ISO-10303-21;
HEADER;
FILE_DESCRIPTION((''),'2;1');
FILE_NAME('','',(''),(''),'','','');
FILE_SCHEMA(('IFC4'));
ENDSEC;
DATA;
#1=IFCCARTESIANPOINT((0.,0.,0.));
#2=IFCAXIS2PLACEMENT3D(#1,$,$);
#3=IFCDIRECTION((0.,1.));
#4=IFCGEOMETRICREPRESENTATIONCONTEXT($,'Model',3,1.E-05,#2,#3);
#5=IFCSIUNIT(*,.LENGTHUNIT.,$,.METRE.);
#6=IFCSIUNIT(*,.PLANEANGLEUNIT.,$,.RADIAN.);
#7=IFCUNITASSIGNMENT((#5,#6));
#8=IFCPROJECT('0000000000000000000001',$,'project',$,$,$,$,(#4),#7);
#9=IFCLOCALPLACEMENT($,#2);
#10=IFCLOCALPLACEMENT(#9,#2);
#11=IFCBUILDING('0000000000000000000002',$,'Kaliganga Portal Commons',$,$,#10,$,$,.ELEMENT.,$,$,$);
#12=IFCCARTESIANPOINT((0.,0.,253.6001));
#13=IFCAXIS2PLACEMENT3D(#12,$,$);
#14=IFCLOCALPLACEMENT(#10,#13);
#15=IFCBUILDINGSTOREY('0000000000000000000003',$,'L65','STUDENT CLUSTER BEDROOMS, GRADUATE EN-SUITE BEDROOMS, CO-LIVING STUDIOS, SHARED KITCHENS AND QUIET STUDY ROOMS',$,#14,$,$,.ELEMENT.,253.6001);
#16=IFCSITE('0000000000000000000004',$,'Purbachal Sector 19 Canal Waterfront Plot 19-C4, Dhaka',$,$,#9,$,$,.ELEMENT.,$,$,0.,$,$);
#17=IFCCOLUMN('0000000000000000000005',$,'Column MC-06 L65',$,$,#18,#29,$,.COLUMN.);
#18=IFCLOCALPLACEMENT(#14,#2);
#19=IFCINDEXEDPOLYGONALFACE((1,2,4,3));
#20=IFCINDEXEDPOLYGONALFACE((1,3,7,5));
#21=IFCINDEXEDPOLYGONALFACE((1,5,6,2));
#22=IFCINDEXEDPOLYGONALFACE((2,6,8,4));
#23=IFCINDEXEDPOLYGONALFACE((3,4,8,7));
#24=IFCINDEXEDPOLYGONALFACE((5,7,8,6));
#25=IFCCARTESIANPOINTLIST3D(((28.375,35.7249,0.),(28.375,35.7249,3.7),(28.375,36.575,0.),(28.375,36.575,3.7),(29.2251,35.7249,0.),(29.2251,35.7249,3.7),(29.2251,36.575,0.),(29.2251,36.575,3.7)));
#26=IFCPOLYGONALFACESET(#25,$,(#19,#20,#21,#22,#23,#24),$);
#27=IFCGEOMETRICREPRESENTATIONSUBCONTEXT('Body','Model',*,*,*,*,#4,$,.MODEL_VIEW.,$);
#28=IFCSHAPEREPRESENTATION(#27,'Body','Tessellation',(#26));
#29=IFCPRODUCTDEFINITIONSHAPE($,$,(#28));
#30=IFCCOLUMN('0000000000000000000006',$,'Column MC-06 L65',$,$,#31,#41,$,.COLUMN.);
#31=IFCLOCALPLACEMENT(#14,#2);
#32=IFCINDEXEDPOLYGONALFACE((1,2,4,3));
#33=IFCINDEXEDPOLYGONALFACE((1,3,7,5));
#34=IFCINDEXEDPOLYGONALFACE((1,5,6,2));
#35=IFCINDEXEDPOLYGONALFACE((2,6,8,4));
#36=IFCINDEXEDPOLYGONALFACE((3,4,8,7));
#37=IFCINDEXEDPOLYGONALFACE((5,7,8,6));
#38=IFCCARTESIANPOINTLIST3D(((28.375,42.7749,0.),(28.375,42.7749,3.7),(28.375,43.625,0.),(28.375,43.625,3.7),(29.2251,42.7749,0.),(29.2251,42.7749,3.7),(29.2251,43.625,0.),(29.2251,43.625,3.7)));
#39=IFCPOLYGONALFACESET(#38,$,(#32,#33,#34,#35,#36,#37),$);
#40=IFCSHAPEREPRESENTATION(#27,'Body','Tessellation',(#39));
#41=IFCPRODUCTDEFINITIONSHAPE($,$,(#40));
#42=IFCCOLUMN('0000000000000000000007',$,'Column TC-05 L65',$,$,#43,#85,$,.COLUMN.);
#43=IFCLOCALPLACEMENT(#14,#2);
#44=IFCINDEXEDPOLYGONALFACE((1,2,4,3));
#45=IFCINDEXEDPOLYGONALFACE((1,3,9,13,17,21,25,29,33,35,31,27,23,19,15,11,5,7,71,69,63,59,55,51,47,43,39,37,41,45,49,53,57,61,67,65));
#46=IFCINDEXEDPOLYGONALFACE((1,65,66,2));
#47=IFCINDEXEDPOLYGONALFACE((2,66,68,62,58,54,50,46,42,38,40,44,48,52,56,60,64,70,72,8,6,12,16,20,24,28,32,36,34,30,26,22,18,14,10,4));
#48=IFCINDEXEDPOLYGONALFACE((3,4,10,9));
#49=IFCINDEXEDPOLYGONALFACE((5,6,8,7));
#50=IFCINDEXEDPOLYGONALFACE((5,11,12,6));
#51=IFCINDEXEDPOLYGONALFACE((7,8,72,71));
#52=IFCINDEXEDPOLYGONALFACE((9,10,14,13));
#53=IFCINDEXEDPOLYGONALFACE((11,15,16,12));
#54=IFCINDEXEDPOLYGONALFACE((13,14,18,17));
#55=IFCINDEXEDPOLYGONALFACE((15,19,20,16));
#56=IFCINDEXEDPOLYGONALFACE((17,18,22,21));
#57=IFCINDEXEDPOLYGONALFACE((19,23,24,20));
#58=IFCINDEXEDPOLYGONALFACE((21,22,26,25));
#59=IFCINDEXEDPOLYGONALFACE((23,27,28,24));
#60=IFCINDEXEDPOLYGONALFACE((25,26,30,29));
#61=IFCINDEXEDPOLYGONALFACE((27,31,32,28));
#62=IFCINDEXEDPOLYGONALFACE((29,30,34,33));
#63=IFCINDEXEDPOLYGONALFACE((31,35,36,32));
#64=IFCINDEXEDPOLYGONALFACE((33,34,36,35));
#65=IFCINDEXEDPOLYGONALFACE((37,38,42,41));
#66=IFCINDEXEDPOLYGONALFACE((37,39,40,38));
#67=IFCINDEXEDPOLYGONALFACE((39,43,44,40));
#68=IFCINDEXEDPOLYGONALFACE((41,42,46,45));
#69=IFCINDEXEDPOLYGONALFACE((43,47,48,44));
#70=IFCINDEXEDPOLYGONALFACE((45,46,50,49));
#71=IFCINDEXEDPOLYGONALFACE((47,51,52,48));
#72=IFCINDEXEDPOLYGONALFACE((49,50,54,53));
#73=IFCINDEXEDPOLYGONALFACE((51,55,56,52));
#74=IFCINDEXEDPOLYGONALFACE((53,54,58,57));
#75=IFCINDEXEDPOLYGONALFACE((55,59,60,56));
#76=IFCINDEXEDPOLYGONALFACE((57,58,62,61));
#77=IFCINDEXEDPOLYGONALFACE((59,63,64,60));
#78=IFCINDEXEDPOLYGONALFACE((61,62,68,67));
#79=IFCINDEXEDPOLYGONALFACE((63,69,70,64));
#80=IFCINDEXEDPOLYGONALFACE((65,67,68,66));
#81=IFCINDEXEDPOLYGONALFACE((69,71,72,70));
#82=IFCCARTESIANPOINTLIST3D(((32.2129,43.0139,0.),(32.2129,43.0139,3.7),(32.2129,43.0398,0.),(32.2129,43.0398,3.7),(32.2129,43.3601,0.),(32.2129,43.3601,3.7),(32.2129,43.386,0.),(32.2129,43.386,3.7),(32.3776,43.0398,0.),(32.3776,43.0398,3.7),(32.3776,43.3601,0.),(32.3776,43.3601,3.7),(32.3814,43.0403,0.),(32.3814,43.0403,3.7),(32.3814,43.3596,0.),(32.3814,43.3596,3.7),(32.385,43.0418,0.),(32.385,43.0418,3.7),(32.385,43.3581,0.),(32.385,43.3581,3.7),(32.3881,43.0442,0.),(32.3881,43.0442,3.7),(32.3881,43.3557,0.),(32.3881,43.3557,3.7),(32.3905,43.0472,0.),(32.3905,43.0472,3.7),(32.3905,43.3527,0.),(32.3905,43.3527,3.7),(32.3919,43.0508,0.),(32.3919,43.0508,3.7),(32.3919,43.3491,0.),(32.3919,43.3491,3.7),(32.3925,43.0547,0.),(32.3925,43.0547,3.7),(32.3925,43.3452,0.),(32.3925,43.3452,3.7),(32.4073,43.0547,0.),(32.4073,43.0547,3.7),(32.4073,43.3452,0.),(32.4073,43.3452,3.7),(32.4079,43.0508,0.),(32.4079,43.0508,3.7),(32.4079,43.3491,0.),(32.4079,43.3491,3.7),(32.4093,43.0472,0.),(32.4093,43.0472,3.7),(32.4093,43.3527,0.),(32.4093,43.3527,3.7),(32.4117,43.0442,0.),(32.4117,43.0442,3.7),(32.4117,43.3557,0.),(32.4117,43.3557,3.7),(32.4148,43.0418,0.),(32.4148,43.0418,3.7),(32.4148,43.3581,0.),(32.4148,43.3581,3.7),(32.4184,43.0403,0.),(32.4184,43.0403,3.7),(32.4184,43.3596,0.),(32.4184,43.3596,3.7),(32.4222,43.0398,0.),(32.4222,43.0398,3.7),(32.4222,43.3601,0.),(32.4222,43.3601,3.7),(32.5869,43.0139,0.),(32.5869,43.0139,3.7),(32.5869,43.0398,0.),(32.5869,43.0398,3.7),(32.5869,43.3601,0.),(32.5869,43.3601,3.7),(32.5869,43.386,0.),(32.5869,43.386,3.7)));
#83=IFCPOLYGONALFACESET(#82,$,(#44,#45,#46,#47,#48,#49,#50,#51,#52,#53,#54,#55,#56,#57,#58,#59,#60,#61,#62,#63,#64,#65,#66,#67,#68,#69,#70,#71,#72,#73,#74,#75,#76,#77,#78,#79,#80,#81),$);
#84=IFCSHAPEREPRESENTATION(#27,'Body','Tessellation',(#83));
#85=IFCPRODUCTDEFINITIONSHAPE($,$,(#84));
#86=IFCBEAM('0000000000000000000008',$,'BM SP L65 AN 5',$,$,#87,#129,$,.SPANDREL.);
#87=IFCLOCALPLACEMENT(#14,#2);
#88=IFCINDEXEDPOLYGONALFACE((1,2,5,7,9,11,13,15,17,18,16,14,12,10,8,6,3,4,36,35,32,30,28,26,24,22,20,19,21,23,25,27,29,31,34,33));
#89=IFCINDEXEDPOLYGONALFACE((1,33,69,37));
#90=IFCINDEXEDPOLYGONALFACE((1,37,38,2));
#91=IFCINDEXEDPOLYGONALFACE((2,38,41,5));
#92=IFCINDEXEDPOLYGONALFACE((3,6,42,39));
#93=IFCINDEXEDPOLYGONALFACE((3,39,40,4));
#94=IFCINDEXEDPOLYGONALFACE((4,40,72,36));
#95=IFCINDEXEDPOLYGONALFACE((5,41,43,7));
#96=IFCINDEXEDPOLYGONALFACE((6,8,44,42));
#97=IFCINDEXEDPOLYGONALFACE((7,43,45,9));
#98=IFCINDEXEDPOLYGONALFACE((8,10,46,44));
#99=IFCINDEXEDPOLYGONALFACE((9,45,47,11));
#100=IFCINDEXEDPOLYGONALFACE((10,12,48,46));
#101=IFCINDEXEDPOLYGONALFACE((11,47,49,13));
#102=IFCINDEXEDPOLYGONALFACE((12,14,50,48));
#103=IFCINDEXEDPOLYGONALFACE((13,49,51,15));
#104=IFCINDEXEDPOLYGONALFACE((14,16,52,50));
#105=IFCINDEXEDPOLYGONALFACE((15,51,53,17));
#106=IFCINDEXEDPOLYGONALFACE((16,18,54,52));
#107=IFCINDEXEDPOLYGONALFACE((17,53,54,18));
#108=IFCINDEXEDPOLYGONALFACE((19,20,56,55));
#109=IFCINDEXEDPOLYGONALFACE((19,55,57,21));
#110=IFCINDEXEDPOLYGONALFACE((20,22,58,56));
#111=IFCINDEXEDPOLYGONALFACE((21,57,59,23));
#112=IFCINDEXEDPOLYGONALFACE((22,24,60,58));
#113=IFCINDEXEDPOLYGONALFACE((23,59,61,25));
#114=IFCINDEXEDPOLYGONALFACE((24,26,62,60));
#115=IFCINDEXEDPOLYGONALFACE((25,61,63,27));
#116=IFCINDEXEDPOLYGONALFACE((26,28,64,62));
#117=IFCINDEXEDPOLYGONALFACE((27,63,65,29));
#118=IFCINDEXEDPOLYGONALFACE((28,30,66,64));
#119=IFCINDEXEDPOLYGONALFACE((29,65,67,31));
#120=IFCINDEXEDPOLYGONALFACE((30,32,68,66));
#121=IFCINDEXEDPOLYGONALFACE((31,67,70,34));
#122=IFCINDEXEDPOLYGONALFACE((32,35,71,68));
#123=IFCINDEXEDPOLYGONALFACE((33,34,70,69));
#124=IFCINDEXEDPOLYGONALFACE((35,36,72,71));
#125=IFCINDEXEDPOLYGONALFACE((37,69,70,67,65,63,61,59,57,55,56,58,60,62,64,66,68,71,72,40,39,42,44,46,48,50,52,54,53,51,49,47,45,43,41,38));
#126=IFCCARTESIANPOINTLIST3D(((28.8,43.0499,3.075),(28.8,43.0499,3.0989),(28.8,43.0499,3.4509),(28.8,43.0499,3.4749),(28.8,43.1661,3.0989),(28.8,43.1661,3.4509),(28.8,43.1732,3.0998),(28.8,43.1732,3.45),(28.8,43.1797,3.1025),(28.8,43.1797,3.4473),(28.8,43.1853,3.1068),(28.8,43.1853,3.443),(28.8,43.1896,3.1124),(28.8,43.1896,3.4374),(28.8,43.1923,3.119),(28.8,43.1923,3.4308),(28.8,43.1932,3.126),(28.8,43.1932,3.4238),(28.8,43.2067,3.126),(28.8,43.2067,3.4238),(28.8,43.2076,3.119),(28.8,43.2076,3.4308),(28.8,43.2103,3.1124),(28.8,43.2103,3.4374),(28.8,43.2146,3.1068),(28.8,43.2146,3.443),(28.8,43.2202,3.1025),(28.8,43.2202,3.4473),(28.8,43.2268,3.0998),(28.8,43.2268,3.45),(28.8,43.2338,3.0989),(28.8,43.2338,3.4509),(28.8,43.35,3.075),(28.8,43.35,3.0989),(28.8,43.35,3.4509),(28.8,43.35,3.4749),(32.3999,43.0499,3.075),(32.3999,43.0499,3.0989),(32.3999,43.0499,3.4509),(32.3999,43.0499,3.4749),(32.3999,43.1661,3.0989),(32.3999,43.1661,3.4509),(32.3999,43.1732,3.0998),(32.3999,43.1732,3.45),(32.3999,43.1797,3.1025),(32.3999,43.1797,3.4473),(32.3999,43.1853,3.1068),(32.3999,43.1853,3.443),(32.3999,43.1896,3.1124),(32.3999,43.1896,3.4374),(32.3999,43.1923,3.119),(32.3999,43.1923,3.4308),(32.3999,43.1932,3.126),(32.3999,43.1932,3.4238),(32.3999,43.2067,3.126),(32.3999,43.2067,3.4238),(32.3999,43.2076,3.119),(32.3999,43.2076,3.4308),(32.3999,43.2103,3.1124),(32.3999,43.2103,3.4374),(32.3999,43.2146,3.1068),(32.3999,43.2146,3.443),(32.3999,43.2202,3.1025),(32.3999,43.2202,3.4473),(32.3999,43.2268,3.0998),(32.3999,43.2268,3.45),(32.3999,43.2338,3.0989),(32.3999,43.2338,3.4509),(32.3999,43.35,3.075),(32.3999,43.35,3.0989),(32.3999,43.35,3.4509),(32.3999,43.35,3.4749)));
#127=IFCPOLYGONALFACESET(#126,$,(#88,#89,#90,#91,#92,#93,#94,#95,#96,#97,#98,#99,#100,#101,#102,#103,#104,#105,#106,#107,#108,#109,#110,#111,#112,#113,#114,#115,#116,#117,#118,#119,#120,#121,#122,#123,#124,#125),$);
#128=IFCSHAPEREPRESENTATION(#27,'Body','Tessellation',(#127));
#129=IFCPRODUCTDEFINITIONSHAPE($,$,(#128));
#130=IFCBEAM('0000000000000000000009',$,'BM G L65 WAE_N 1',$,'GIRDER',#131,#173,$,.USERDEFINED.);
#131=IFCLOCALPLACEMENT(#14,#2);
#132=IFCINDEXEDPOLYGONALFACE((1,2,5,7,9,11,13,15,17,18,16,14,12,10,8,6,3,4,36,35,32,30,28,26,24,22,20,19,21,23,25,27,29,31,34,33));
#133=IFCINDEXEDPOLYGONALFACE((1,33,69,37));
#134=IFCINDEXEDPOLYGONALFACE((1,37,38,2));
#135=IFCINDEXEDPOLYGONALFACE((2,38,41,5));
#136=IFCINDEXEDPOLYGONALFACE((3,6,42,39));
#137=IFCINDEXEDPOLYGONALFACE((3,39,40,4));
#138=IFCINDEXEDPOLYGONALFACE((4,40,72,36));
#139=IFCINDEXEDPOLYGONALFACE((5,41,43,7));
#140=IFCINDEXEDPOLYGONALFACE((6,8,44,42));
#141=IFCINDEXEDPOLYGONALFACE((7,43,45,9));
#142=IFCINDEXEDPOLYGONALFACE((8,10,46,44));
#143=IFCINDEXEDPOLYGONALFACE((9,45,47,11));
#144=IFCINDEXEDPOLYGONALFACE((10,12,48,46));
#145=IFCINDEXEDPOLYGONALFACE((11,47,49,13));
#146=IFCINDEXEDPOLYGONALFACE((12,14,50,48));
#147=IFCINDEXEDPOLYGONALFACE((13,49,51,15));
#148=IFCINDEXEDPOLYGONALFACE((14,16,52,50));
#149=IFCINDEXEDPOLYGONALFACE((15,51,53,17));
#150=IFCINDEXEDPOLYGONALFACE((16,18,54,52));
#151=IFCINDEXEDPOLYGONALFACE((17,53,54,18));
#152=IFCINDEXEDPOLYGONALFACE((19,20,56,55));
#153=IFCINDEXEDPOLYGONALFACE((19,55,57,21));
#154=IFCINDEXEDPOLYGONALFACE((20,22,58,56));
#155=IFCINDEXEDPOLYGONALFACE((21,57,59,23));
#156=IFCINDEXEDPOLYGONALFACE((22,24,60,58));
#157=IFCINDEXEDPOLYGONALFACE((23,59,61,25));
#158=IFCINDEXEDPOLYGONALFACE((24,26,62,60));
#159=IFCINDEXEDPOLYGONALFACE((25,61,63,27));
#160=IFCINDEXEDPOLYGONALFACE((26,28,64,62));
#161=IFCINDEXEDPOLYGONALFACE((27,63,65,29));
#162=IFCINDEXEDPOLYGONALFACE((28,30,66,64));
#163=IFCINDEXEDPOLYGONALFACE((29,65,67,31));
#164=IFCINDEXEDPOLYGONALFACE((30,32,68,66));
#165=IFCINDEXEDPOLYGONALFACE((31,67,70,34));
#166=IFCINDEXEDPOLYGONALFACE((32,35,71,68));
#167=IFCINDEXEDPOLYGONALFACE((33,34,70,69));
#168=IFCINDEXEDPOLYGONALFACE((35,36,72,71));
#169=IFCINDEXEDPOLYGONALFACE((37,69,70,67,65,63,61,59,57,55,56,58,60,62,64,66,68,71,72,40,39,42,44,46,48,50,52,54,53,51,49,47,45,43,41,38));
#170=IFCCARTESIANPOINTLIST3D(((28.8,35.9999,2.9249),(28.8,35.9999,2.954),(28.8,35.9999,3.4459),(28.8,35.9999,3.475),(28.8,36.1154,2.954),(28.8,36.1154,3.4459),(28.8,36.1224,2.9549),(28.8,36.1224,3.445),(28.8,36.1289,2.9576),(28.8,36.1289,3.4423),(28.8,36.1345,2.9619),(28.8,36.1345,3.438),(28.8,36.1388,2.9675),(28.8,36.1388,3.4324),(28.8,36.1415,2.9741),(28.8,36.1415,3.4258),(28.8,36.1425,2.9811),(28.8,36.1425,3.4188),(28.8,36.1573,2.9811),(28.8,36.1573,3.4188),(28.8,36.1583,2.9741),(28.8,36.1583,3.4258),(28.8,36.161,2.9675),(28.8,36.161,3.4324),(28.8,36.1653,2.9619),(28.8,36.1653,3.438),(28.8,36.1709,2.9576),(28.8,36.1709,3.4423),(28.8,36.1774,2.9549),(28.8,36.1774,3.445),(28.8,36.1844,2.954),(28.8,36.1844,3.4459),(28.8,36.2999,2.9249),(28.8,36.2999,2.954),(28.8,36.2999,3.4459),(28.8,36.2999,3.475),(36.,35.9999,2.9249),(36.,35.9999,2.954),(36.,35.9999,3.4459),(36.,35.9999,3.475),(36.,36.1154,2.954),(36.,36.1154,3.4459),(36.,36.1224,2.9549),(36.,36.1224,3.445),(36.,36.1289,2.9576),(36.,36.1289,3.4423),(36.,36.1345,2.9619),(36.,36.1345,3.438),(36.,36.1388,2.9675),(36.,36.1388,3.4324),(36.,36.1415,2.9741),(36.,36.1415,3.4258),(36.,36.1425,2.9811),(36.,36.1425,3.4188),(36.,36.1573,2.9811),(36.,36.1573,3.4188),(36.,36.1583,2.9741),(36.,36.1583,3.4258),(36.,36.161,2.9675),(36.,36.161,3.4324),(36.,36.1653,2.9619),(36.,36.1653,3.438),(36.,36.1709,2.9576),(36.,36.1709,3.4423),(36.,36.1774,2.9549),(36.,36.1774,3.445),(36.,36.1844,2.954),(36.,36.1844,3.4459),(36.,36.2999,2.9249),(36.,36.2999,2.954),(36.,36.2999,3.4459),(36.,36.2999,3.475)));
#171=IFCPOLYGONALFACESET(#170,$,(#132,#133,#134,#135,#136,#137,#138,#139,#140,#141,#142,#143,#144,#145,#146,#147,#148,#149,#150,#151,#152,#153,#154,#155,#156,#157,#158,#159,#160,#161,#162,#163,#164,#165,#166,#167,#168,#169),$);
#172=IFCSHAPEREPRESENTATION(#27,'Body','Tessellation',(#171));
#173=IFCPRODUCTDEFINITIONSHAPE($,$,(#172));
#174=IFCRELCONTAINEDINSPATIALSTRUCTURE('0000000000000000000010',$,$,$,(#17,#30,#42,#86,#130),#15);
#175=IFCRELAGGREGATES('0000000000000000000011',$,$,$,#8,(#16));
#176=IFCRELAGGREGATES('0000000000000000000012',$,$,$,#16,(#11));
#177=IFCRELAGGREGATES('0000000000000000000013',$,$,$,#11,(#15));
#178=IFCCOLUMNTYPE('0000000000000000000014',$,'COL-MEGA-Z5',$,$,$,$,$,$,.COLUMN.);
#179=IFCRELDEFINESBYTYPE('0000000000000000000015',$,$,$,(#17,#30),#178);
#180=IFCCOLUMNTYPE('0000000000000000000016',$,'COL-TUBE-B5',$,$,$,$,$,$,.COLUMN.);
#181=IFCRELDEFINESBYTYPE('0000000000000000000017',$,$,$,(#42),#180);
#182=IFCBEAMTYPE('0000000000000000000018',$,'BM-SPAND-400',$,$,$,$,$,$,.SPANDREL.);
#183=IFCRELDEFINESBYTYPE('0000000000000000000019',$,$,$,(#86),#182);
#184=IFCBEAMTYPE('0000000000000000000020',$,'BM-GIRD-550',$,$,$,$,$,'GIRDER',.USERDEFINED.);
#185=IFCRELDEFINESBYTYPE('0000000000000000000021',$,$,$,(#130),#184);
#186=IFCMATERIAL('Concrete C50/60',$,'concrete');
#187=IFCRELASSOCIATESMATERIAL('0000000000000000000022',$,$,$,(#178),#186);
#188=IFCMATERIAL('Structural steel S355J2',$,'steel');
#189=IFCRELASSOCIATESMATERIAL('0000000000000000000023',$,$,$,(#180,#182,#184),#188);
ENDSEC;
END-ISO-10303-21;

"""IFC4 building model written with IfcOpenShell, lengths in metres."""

from ifc_helpers import new_model, si_unit, direction, frame, origin, origin_2d, place, context, subcontext, project, spatial, rectangle, i_section, extrude, source, transform, mapped, material, material_profile, profile_set, type_object, element, save


model = new_model("IFC4")

# Units and contexts
model_context = context("Model", 3, precision=1e-05, world=origin(), true_north=direction((0.0, 1.0)))
body_context = subcontext(model_context, "Body", "Model", "MODEL_VIEW")
ifc_project = project(units=[si_unit("LENGTHUNIT", "METRE"), si_unit("PLANEANGLEUNIT", "RADIAN")], contexts=[model_context])

# Site, building, storey
site_placement = place(None, origin())
site = spatial("IfcSite", under=ifc_project, at=site_placement, Name="Purbachal Sector 19 Canal Waterfront Plot 19-C4, Dhaka", CompositionType="ELEMENT", RefElevation=0.0)
building_placement = place(site_placement, origin())
building = spatial("IfcBuilding", under=site, at=building_placement, Name="Kaliganga Portal Commons", CompositionType="ELEMENT")
storey_placement = place(building_placement, frame((0.0, 0.0, 253.6001)))
storey = spatial("IfcBuildingStorey", under=building, at=storey_placement, Name="L65", Description="STUDENT CLUSTER BEDROOMS, GRADUATE EN-SUITE BEDROOMS, CO-LIVING STUDIOS, SHARED KITCHENS AND QUIET STUDY ROOMS", CompositionType="ELEMENT", Elevation=253.6001)

# Columns
ifc_material_1 = material(Name="Concrete C50/60", Category="concrete")
ifc_material_profile_1 = material_profile(ifc_material_1, rectangle(XDim=0.8501, YDim=0.8501, at=origin_2d()), Name="RC 850x850")
ifc_profile_set_1 = profile_set([ifc_material_profile_1], Name="Concrete C50/60")
column_type_1 = type_object("IfcColumnType", Name="COL-MEGA-Z5", PredefinedType="COLUMN", material=ifc_profile_set_1)
shared_shape_1 = source(origin(), body_context, "Body", "SweptSolid", [
    extrude(rectangle(XDim=0.8501, YDim=0.8501, at=origin_2d()), origin(), (0.0, 0.0, 1.0), 3.7),
])
for number, where, z_axis, x_axis, name in (
    (1, (28.8, 36.1499, 0.0), (0.0, 0.0, 1.0), (1.0, 0.0, 0.0), "Column MC-06 L65"),
    (2, (28.8, 43.2, 0.0), (0.0, 0.0, 1.0), (1.0, 0.0, 0.0), "Column MC-06 L65"),
):
    element("IfcColumn", number, at=place(storey_placement, frame(where, z_axis=z_axis, x_axis=x_axis)), inside=storey, type_object=column_type_1, Name=name, PredefinedType="COLUMN", context=body_context, shape_type="MappedRepresentation", body=[
        mapped(shared_shape_1, transform((0.0, 0.0, 0.0), x_axis=(1.0, 0.0, 0.0), y_axis=(0.0, 1.0, 0.0), z_axis=(0.0, 0.0, 1.0), scale=1.0)),
    ])
ifc_material_2 = material(Name="Structural steel S355J2", Category="steel")
ifc_material_profile_2 = material_profile(ifc_material_2, i_section(OverallWidth=0.374, OverallDepth=0.3721, WebThickness=0.0149, FlangeThickness=0.0259, FilletRadius=0.0149, at=origin_2d()), Name="HD 360x196")
ifc_profile_set_2 = profile_set([ifc_material_profile_2], Name="Structural steel S355J2 wide-flange")
column_type_2 = type_object("IfcColumnType", Name="COL-TUBE-B5", PredefinedType="COLUMN", material=ifc_profile_set_2)
shared_shape_2 = source(origin(), body_context, "Body", "SweptSolid", [
    extrude(i_section(OverallWidth=0.374, OverallDepth=0.3721, WebThickness=0.0149, FlangeThickness=0.0259, FilletRadius=0.0149, at=origin_2d()), origin(), (0.0, 0.0, 1.0), 3.7),
])
column_placement = place(storey_placement, frame((32.3999, 43.2, 0.0), z_axis=(0.0, 0.0, 1.0), x_axis=(1.0, 0.0, 0.0)))
element("IfcColumn", 3, at=column_placement, inside=storey, type_object=column_type_2, Name="Column TC-05 L65", PredefinedType="COLUMN", context=body_context, shape_type="MappedRepresentation", body=[
    mapped(shared_shape_2, transform((0.0, 0.0, 0.0), x_axis=(1.0, 0.0, 0.0), y_axis=(0.0, 1.0, 0.0), z_axis=(0.0, 0.0, 1.0), scale=1.0)),
])

# Beams
ifc_material_profile_3 = material_profile(ifc_material_2, i_section(OverallWidth=0.3, OverallDepth=0.3999, WebThickness=0.0134, FlangeThickness=0.0239, FilletRadius=0.0271, at=origin_2d()), Name="HE 400 B")
ifc_profile_set_3 = profile_set([ifc_material_profile_3], Name="Structural steel S355J2 wide-flange")
beam_type_1 = type_object("IfcBeamType", Name="BM-SPAND-400", PredefinedType="SPANDREL", material=ifc_profile_set_3)
shared_shape_3 = source(origin(), body_context, "Body", "SweptSolid", [
    extrude(i_section(OverallWidth=0.3, OverallDepth=0.3999, WebThickness=0.0134, FlangeThickness=0.0239, FilletRadius=0.0271, at=origin_2d()), origin(), (0.0, 0.0, 1.0), 3.5999),
])
beam_1_placement = place(storey_placement, frame((28.8, 43.2, 3.2749), z_axis=(1.0, 0.0, 0.0), x_axis=(0.0, 1.0, 0.0)))
element("IfcBeam", 4, at=beam_1_placement, inside=storey, type_object=beam_type_1, Name="BM SP L65 AN 5", PredefinedType="SPANDREL", context=body_context, shape_type="MappedRepresentation", body=[
    mapped(shared_shape_3, transform((0.0, 0.0, 0.0), x_axis=(1.0, 0.0, 0.0), y_axis=(0.0, 1.0, 0.0), z_axis=(0.0, 0.0, 1.0), scale=1.0)),
])
ifc_material_profile_4 = material_profile(ifc_material_2, i_section(OverallWidth=0.3, OverallDepth=0.55, WebThickness=0.0149, FlangeThickness=0.0291, FilletRadius=0.0271, at=origin_2d()), Name="HE 550 B")
ifc_profile_set_4 = profile_set([ifc_material_profile_4], Name="Structural steel S355J2 wide-flange")
beam_type_2 = type_object("IfcBeamType", Name="BM-GIRD-550", ElementType="GIRDER", PredefinedType="USERDEFINED", material=ifc_profile_set_4)
shared_shape_4 = source(origin(), body_context, "Body", "SweptSolid", [
    extrude(i_section(OverallWidth=0.3, OverallDepth=0.55, WebThickness=0.0149, FlangeThickness=0.0291, FilletRadius=0.0271, at=origin_2d()), origin(), (0.0, 0.0, 1.0), 7.2),
])
beam_2_placement = place(storey_placement, frame((28.8, 36.1499, 3.2), z_axis=(1.0, 0.0, 0.0), x_axis=(0.0, 1.0, 0.0)))
element("IfcBeam", 5, at=beam_2_placement, inside=storey, type_object=beam_type_2, Name="BM G L65 WAE_N 1", ObjectType="GIRDER", PredefinedType="USERDEFINED", context=body_context, shape_type="MappedRepresentation", body=[
    mapped(shared_shape_4, transform((0.0, 0.0, 0.0), x_axis=(1.0, 0.0, 0.0), y_axis=(0.0, 1.0, 0.0), z_axis=(0.0, 0.0, 1.0), scale=1.0)),
])

save(model, "model.ifc")
